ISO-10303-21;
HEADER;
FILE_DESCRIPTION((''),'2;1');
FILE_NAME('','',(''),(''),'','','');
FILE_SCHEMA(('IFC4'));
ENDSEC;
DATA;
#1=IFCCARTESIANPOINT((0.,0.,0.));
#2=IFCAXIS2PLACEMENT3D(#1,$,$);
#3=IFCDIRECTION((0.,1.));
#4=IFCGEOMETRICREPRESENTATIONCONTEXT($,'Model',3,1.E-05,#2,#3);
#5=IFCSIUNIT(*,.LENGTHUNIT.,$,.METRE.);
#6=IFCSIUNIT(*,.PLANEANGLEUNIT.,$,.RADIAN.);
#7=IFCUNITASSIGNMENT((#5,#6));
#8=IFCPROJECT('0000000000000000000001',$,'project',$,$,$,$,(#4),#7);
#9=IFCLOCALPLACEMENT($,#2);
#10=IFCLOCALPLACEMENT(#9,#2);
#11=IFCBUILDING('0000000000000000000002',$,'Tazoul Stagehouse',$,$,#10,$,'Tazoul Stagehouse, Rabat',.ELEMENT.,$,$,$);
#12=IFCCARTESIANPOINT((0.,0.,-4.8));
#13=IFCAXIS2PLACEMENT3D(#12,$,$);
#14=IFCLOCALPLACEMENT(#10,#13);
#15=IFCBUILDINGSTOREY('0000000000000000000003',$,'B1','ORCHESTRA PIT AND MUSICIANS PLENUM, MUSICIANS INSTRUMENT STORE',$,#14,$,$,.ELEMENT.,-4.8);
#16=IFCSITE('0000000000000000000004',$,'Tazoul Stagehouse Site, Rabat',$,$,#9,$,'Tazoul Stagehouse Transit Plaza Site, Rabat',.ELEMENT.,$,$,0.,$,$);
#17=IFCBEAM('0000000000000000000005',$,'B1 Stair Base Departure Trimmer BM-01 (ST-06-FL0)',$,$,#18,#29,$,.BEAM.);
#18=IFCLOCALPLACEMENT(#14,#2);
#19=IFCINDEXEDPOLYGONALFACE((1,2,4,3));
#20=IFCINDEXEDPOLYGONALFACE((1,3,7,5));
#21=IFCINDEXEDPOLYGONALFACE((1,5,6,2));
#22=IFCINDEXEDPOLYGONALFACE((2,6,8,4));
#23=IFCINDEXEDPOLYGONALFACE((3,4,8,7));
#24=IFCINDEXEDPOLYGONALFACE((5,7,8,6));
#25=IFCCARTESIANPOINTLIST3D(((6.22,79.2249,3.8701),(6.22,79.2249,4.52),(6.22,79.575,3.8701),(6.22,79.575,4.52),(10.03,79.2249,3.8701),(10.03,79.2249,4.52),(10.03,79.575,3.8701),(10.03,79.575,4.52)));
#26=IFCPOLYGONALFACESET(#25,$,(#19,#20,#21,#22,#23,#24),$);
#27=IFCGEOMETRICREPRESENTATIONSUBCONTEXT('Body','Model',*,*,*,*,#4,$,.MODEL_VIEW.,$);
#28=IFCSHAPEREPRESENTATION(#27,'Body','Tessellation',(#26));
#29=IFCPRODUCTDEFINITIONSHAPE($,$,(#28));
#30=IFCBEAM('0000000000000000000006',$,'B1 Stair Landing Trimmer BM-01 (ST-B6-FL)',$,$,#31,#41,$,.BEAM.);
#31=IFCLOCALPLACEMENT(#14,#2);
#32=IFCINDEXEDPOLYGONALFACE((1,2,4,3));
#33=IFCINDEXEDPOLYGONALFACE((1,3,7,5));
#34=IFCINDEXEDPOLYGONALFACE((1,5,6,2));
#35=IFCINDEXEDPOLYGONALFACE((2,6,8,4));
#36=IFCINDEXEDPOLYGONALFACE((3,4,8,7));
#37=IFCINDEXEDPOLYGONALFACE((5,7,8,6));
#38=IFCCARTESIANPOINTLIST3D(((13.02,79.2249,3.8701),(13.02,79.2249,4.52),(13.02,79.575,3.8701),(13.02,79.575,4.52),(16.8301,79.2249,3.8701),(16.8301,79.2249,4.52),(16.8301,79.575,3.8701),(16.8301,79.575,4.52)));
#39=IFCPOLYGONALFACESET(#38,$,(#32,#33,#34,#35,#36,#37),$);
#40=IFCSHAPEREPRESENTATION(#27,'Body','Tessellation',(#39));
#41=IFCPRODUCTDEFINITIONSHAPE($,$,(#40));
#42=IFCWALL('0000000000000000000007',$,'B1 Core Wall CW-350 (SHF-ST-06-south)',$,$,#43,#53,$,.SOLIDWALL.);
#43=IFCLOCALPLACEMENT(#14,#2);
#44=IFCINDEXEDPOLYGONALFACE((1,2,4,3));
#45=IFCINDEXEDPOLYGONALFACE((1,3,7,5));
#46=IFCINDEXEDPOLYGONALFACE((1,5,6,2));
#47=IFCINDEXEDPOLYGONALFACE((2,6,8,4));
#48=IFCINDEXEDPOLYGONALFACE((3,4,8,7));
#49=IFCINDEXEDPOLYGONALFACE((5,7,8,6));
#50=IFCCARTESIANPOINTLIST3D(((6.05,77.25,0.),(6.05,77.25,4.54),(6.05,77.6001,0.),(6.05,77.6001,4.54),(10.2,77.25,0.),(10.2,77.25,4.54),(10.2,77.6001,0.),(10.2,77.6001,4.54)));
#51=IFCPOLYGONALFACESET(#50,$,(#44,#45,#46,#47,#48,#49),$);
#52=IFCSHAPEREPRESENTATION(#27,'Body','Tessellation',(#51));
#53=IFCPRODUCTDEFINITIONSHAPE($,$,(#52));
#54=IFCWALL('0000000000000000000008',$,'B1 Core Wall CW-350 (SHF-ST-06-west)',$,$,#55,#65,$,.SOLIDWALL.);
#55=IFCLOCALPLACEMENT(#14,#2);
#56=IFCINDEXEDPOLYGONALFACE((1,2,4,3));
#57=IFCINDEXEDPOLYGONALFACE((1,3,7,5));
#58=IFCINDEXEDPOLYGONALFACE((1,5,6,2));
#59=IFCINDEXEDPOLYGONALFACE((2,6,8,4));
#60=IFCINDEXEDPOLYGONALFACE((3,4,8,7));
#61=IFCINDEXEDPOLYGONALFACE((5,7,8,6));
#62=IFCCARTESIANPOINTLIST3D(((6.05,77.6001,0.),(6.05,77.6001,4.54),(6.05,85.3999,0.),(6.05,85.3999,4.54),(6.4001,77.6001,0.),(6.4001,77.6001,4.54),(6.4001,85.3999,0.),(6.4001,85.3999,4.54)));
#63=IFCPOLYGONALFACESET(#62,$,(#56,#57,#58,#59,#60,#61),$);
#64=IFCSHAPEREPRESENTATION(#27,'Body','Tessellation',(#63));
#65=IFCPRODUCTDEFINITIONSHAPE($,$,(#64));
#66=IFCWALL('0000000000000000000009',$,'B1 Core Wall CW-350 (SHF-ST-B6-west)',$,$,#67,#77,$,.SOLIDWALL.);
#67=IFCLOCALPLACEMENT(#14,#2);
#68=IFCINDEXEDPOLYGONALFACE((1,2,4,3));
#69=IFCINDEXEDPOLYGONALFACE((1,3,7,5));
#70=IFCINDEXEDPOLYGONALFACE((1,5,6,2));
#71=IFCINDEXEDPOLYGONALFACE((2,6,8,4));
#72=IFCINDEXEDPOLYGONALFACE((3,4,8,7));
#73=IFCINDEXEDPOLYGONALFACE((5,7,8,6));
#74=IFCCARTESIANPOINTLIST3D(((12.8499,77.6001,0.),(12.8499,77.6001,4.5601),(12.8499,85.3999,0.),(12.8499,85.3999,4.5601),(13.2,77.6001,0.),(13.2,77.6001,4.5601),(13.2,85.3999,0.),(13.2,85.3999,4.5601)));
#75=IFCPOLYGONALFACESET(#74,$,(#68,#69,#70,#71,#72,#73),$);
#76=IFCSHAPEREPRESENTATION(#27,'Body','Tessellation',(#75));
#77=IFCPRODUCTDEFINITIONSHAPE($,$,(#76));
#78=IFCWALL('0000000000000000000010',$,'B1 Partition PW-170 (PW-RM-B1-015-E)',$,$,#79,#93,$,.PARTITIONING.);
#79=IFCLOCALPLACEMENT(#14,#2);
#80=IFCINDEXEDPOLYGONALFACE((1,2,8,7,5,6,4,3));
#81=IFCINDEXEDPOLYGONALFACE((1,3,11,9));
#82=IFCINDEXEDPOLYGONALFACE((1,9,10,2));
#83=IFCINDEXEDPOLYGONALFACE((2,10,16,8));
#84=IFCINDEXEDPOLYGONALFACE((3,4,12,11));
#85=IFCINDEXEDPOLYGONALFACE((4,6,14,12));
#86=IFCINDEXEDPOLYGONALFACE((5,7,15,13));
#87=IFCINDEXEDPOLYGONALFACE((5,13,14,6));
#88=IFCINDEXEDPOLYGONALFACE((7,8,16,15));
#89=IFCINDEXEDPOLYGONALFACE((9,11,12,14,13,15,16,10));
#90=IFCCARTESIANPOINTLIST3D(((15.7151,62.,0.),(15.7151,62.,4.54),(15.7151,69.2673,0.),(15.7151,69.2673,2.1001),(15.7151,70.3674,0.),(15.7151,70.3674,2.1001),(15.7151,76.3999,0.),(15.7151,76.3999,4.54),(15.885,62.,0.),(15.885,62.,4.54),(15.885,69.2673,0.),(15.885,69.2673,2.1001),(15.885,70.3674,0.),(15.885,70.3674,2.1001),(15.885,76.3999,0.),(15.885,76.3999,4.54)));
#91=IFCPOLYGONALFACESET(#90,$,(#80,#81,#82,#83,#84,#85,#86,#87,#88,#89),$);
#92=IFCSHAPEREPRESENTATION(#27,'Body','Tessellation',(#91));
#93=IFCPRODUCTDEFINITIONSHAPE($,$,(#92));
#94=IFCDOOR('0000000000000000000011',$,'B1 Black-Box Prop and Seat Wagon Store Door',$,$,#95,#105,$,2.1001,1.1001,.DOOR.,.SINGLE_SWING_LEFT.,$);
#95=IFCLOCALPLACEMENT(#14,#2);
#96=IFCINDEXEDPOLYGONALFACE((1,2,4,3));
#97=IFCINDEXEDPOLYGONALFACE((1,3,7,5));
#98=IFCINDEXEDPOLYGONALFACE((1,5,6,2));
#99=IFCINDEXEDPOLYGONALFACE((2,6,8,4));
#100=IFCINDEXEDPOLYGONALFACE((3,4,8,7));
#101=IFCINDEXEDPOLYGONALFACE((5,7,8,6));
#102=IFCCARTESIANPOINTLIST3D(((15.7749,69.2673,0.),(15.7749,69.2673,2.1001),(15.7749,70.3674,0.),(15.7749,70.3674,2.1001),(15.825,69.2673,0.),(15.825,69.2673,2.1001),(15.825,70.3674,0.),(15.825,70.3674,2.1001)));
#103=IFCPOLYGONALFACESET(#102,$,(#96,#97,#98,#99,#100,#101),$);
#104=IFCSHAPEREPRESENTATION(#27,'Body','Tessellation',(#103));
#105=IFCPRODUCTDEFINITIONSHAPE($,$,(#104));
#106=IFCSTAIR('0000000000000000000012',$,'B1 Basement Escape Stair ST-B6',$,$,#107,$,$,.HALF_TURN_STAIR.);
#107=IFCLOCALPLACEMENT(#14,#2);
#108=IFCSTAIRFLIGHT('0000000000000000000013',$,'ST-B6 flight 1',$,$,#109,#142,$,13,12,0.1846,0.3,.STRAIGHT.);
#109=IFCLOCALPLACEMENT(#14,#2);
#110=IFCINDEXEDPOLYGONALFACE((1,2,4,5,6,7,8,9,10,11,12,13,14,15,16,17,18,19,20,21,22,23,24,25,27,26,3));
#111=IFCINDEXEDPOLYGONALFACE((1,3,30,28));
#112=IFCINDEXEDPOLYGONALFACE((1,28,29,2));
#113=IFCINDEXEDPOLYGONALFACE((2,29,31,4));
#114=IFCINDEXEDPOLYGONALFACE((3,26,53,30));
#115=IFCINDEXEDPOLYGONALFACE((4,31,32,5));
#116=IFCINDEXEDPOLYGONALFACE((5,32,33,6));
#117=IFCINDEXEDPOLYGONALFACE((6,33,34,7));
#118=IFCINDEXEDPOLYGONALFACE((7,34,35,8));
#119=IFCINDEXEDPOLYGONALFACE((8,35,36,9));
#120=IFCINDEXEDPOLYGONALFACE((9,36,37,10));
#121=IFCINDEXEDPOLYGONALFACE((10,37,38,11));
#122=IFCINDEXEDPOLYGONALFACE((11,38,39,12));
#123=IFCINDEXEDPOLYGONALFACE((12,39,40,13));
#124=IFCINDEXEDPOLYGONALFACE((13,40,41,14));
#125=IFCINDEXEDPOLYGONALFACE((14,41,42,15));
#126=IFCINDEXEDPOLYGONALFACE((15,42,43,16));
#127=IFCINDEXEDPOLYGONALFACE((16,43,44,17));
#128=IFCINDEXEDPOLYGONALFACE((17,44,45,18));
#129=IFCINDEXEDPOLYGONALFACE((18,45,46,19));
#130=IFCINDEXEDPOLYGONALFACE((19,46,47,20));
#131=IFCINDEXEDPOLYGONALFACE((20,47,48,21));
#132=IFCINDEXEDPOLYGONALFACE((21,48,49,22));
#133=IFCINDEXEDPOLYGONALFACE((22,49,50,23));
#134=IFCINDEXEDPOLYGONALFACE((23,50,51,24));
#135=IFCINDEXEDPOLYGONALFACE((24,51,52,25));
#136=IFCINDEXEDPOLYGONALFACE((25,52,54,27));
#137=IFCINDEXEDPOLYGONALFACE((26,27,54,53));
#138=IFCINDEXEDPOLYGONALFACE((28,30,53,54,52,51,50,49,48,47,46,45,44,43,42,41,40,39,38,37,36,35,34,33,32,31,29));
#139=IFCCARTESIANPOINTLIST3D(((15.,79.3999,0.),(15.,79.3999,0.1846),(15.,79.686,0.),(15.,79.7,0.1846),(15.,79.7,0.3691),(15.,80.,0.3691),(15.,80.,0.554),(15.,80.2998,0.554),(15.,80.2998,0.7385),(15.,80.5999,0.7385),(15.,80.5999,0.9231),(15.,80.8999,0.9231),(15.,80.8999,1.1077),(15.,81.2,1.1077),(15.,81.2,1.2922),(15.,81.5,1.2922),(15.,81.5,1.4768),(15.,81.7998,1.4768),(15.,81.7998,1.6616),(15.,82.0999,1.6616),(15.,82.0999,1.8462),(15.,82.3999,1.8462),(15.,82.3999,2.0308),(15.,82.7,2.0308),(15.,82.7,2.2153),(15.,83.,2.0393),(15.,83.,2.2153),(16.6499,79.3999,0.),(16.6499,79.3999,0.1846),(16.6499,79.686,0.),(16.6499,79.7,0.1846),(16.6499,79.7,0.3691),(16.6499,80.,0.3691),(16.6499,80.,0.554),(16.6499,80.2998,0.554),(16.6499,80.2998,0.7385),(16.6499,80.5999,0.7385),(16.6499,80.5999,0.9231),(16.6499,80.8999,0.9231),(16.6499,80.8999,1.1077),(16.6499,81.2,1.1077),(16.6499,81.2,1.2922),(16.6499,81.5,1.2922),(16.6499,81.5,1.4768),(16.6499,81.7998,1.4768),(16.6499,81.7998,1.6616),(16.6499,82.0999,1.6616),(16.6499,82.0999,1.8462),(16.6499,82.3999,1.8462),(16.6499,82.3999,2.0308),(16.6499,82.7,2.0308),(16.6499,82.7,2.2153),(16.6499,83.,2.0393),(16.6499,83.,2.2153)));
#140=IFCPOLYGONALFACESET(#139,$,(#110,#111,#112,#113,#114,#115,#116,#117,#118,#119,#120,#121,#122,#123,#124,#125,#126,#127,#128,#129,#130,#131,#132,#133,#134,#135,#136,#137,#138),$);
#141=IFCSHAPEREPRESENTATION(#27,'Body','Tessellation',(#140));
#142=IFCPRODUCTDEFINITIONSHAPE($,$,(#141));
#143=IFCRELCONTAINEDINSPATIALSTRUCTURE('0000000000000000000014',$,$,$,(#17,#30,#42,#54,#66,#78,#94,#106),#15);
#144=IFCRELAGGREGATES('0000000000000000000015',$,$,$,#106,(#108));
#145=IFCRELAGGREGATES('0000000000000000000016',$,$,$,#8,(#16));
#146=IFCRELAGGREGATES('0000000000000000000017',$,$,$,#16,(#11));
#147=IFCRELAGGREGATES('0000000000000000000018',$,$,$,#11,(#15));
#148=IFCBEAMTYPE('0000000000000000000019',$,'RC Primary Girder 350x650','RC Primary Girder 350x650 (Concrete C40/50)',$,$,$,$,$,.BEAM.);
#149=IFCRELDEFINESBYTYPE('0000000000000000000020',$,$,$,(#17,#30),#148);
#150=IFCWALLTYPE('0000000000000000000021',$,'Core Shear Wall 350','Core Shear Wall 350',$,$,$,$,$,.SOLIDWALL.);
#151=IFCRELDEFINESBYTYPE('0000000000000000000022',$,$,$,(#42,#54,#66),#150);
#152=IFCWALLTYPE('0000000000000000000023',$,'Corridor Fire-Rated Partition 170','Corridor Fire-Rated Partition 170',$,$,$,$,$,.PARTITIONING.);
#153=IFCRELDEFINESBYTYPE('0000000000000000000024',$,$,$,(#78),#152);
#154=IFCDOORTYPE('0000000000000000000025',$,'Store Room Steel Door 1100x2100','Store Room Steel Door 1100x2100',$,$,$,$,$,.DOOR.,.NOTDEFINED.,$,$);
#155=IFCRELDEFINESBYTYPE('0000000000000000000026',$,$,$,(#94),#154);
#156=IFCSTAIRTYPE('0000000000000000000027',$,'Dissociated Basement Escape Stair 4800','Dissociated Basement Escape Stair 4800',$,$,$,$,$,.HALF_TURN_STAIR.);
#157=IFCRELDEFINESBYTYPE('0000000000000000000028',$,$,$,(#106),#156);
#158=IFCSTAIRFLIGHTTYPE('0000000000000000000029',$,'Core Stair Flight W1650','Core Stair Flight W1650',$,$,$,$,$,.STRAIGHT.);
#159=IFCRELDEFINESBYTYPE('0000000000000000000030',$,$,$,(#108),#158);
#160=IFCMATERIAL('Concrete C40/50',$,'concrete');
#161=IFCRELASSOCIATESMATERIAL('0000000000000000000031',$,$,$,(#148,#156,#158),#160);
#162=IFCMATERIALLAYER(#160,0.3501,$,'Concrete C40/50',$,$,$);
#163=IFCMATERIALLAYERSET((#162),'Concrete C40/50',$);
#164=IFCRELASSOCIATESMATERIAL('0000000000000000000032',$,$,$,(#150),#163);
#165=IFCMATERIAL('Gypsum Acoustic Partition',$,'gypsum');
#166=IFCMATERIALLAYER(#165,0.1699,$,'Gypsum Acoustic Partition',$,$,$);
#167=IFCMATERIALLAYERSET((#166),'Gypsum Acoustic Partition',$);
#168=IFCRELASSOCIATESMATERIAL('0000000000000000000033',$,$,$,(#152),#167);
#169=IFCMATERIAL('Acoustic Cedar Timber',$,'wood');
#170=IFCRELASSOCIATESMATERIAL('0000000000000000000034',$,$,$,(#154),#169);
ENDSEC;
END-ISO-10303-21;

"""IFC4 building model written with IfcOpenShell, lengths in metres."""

from ifc_helpers import new_model, si_unit, direction, frame, frame_2d, origin, origin_2d, place, context, subcontext, project, spatial, polyline, rectangle, outline, extrude, material, layer, layer_set, material_profile, profile_set, type_object, element, fill, aggregate, save


model = new_model("IFC4")

# Units and contexts
model_context = context("Model", 3, precision=1e-05, world=origin(), true_north=direction((0.0, 1.0)))
body_context = subcontext(model_context, "Body", "Model", "MODEL_VIEW")
ifc_project = project(units=[si_unit("LENGTHUNIT", "METRE"), si_unit("PLANEANGLEUNIT", "RADIAN")], contexts=[model_context])

# Site, building, storey
site_placement = place(None, origin())
site = spatial("IfcSite", under=ifc_project, at=site_placement, Name="Tazoul Stagehouse Site, Rabat", LongName="Tazoul Stagehouse Transit Plaza Site, Rabat", CompositionType="ELEMENT", RefElevation=0.0)
building_placement = place(site_placement, origin())
building = spatial("IfcBuilding", under=site, at=building_placement, Name="Tazoul Stagehouse", LongName="Tazoul Stagehouse, Rabat", CompositionType="ELEMENT")
storey_placement = place(building_placement, frame((0.0, 0.0, -4.8)))
storey = spatial("IfcBuildingStorey", under=building, at=storey_placement, Name="B1", Description="ORCHESTRA PIT AND MUSICIANS PLENUM, MUSICIANS INSTRUMENT STORE", CompositionType="ELEMENT", Elevation=-4.8)

# Shared definitions
ifc_material_1 = material(Name="Concrete C40/50", Category="concrete")

# Beams
ifc_material_profile_1 = material_profile(ifc_material_1, rectangle(XDim=0.3501, YDim=0.6499, at=origin_2d()), Name="RC 350x650")
ifc_profile_set_1 = profile_set([ifc_material_profile_1], Name="Concrete C40/50")
beam_type_1 = type_object("IfcBeamType", Name="RC Primary Girder 350x650", Description="RC Primary Girder 350x650 (Concrete C40/50)", PredefinedType="BEAM", material=ifc_profile_set_1)
for number, where, z_axis, x_axis, name in (
    (1, (6.22, 79.3999, 4.1951), (1.0, 0.0, 0.0), (0.0, 1.0, 0.0), "B1 Stair Base Departure Trimmer BM-01 (ST-06-FL0)"),
    (2, (13.02, 79.3999, 4.1951), (1.0, 0.0, 0.0), (0.0, 1.0, 0.0), "B1 Stair Landing Trimmer BM-01 (ST-B6-FL)"),
):
    element("IfcBeam", number, at=place(storey_placement, frame(where, z_axis=z_axis, x_axis=x_axis)), inside=storey, type_object=beam_type_1, Name=name, PredefinedType="BEAM", context=body_context, shape_type="SweptSolid", body=[
        extrude(rectangle(XDim=0.3501, YDim=0.6499, at=origin_2d()), origin(), (0.0, 0.0, 1.0), 3.8101),
    ])

# Walls
ifc_layer_1 = layer(ifc_material_1, 0.3501, Name="Concrete C40/50")
ifc_layer_set_1 = layer_set([ifc_layer_1], Name="Concrete C40/50")
wall_type_1 = type_object("IfcWallType", Name="Core Shear Wall 350", Description="Core Shear Wall 350", PredefinedType="SOLIDWALL", material=ifc_layer_set_1)
wall_1_placement = place(storey_placement, frame((10.2, 77.425, 0.0), z_axis=(0.0, 0.0, 1.0), x_axis=(-1.0, 0.0, 0.0)))
element("IfcWall", 3, at=wall_1_placement, inside=storey, type_object=wall_type_1, Name="B1 Core Wall CW-350 (SHF-ST-06-south)", PredefinedType="SOLIDWALL", context=body_context, shape_type="SweptSolid", body=[
    extrude(rectangle(XDim=4.1499, YDim=0.3501, at=frame_2d((2.075, 0.0))), origin(), (0.0, 0.0, 1.0), 4.54),
])
wall_2_placement = place(storey_placement, frame((6.2251, 77.6001, 0.0), z_axis=(0.0, 0.0, 1.0), x_axis=(0.0, 1.0, 0.0)))
element("IfcWall", 4, at=wall_2_placement, inside=storey, type_object=wall_type_1, Name="B1 Core Wall CW-350 (SHF-ST-06-west)", PredefinedType="SOLIDWALL", context=body_context, shape_type="SweptSolid", body=[
    extrude(rectangle(XDim=7.7998, YDim=0.3501, at=frame_2d((3.8999, 0.0))), origin(), (0.0, 0.0, 1.0), 4.54),
])

# Wall
wall_3_placement = place(storey_placement, frame((13.0249, 77.6001, 0.0), z_axis=(0.0, 0.0, 1.0), x_axis=(0.0, 1.0, 0.0)))
element("IfcWall", 5, at=wall_3_placement, inside=storey, type_object=wall_type_1, Name="B1 Core Wall CW-350 (SHF-ST-B6-west)", PredefinedType="SOLIDWALL", context=body_context, shape_type="SweptSolid", body=[
    extrude(rectangle(XDim=7.7998, YDim=0.3501, at=frame_2d((3.8999, 0.0))), origin(), (0.0, 0.0, 1.0), 4.5601),
])

# Wall, opening, door
ifc_material_2 = material(Name="Gypsum Acoustic Partition", Category="gypsum")
ifc_layer_2 = layer(ifc_material_2, 0.1699, Name="Gypsum Acoustic Partition")
ifc_layer_set_2 = layer_set([ifc_layer_2], Name="Gypsum Acoustic Partition")
wall_type_2 = type_object("IfcWallType", Name="Corridor Fire-Rated Partition 170", Description="Corridor Fire-Rated Partition 170", PredefinedType="PARTITIONING", material=ifc_layer_set_2)
wall_4_placement = place(storey_placement, frame((15.8, 76.3999, 0.0), z_axis=(0.0, 0.0, 1.0), x_axis=(0.0, -1.0, 0.0)))
wall_4 = element("IfcWall", 6, at=wall_4_placement, inside=storey, type_object=wall_type_2, Name="B1 Partition PW-170 (PW-RM-B1-015-E)", PredefinedType="PARTITIONING", context=body_context, shape_type="SweptSolid", body=[
    extrude(rectangle(XDim=14.3999, YDim=0.1699, at=frame_2d((7.2, 0.0))), origin(), (0.0, 0.0, 1.0), 4.54),
])
opening_1_placement = place(wall_4_placement, frame((6.0325, 0.0, 0.0)))
opening_1 = element("IfcOpeningElement", 7, at=opening_1_placement, cuts=wall_4, PredefinedType="OPENING", context=body_context, shape_type="SweptSolid", body=[
    extrude(rectangle(XDim=1.1001, YDim=2.1001, at=frame_2d((0.55, 1.05))), frame((0.0, 0.105, 0.0), z_axis=(0.0, -1.0, 0.0), x_axis=(1.0, 0.0, 0.0)), (0.0, 0.0, 1.0), 0.21),
])
ifc_material_3 = material(Name="Acoustic Cedar Timber", Category="wood")
door_type_1 = type_object("IfcDoorType", Name="Store Room Steel Door 1100x2100", Description="Store Room Steel Door 1100x2100", OperationType="NOTDEFINED", PredefinedType="DOOR", material=ifc_material_3)
door_1_placement = place(opening_1_placement, origin())
door_1 = element("IfcDoor", 8, at=door_1_placement, inside=storey, type_object=door_type_1, Name="B1 Black-Box Prop and Seat Wagon Store Door", OperationType="SINGLE_SWING_LEFT", OverallHeight=2.1001, OverallWidth=1.1001, PredefinedType="DOOR", context=body_context, shape_type="SweptSolid", body=[
    extrude(rectangle(XDim=1.1001, YDim=2.1001, at=frame_2d((0.55, 1.05))), frame((0.0, 0.0249, 0.0), z_axis=(0.0, -1.0, 0.0), x_axis=(1.0, 0.0, 0.0)), (0.0, 0.0, 1.0), 0.05),
])
fill(opening_1, door_1)

# Stair, stair flight
stair_type = type_object("IfcStairType", Name="Dissociated Basement Escape Stair 4800", Description="Dissociated Basement Escape Stair 4800", PredefinedType="HALF_TURN_STAIR", material=ifc_material_1)
stair_placement = place(storey_placement, origin())
stair = element("IfcStair", 9, at=stair_placement, inside=storey, type_object=stair_type, Name="B1 Basement Escape Stair ST-B6", PredefinedType="HALF_TURN_STAIR")
stair_flight_type = type_object("IfcStairFlightType", Name="Core Stair Flight W1650", Description="Core Stair Flight W1650", PredefinedType="STRAIGHT", material=ifc_material_1)
stair_flight_placement = place(storey_placement, frame((15.825, 79.3999, 0.0), z_axis=(0.0, 0.0, 1.0), x_axis=(0.0, 1.0, 0.0)))
stair_flight = element("IfcStairFlight", 10, at=stair_flight_placement, type_object=stair_flight_type, Name="ST-B6 flight 1", NumberOfRisers=13, NumberOfTreads=12, PredefinedType="STRAIGHT", RiserHeight=0.1846, TreadLength=0.3, context=body_context, shape_type="SweptSolid", body=[
    extrude(outline(polyline([(0.0, 0.0), (0.0, 0.1846), (0.3, 0.1846), (0.3, 0.3691), (0.6001, 0.3691), (0.6001, 0.554), (0.8999, 0.554), (0.8999, 0.7385), (1.2, 0.7385), (1.2, 0.9231), (1.5, 0.9231), (1.5, 1.1077), (1.8, 1.1077), (1.8, 1.2922), (2.1001, 1.2922), (2.1001, 1.4768), (2.3999, 1.4768), (2.3999, 1.6616), (2.7, 1.6616), (2.7, 1.8462), (3.0, 1.8462), (3.0, 2.0308), (3.3, 2.0308), (3.3, 2.2153), (3.6001, 2.2153), (3.6001, 2.3999), (3.6001, 2.0393), (0.2861, 0.0), (0.0, 0.0)])), frame((0.0, 0.825, 0.0), z_axis=(0.0, -1.0, 0.0), x_axis=(1.0, 0.0, 0.0)), (0.0, 0.0, 1.0), 1.6499),
])
aggregate(stair, [stair_flight])

save(model, "model.ifc")
